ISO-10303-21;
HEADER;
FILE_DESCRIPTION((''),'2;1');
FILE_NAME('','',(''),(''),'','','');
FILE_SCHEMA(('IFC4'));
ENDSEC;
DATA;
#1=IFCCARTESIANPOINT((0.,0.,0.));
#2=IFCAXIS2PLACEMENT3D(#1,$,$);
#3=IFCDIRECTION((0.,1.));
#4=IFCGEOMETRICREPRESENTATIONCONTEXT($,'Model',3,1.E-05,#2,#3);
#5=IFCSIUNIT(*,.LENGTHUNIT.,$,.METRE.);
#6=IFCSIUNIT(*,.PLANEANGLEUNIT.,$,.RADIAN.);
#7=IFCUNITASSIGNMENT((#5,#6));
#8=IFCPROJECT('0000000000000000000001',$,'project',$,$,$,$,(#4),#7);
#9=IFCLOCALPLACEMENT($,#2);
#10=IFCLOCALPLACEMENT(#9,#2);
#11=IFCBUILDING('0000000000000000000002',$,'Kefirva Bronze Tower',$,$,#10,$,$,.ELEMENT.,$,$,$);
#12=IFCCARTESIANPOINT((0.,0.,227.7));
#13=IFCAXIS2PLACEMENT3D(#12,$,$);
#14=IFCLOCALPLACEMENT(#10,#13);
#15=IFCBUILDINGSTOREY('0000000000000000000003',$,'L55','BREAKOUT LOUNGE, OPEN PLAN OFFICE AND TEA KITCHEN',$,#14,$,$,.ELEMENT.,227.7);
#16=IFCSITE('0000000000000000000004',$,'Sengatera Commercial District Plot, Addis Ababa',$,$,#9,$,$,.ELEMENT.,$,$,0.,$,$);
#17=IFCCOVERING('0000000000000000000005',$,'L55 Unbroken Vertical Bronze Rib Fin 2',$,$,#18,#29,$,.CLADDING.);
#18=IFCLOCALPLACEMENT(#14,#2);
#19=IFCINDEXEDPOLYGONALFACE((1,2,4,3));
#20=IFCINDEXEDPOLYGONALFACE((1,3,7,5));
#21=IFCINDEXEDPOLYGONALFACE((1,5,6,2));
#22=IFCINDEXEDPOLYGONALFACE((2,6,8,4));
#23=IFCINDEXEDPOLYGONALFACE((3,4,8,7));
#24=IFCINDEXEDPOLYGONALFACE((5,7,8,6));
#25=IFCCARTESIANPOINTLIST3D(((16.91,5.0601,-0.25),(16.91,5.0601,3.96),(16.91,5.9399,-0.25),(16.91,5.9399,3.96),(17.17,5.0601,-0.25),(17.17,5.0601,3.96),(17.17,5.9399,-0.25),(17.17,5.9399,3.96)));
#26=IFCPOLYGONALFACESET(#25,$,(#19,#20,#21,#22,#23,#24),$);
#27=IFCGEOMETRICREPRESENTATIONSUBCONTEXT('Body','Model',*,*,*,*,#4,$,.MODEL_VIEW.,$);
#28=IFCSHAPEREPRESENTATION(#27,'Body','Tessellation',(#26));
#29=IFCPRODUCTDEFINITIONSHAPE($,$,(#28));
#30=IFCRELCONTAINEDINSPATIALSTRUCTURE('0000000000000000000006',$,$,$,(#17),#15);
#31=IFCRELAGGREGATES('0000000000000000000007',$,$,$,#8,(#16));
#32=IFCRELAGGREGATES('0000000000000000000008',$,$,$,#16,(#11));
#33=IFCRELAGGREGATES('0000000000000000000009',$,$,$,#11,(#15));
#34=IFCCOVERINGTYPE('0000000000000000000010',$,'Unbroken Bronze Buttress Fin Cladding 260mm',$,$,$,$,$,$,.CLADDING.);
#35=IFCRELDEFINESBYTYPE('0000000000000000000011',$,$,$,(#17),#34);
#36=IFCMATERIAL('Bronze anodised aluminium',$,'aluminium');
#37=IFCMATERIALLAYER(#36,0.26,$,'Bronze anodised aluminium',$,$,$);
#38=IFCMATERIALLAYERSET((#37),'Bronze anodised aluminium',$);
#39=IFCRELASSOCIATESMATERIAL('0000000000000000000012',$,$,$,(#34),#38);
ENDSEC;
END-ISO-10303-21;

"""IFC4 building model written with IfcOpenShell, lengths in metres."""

from ifc_helpers import new_model, si_unit, direction, frame, origin, origin_2d, place, context, subcontext, project, spatial, rectangle, extrude, material, layer, layer_set, type_object, element, save


model = new_model("IFC4")

# Units and contexts
model_context = context("Model", 3, precision=1e-05, world=origin(), true_north=direction((0.0, 1.0)))
body_context = subcontext(model_context, "Body", "Model", "MODEL_VIEW")
ifc_project = project(units=[si_unit("LENGTHUNIT", "METRE"), si_unit("PLANEANGLEUNIT", "RADIAN")], contexts=[model_context])

# Site, building, storey
site_placement = place(None, origin())
site = spatial("IfcSite", under=ifc_project, at=site_placement, Name="Sengatera Commercial District Plot, Addis Ababa", CompositionType="ELEMENT", RefElevation=0.0)
building_placement = place(site_placement, origin())
building = spatial("IfcBuilding", under=site, at=building_placement, Name="Kefirva Bronze Tower", CompositionType="ELEMENT")
storey_placement = place(building_placement, frame((0.0, 0.0, 227.7)))
storey = spatial("IfcBuildingStorey", under=building, at=storey_placement, Name="L55", Description="BREAKOUT LOUNGE, OPEN PLAN OFFICE AND TEA KITCHEN", CompositionType="ELEMENT", Elevation=227.7)

# Shared definitions
ifc_material_1 = material(Name="Bronze anodised aluminium", Category="aluminium")

# Covering
ifc_layer_1 = layer(ifc_material_1, 0.26, Name="Bronze anodised aluminium")
ifc_layer_set_1 = layer_set([ifc_layer_1], Name="Bronze anodised aluminium")
covering_type_1 = type_object("IfcCoveringType", Name="Unbroken Bronze Buttress Fin Cladding 260mm", PredefinedType="CLADDING", material=ifc_layer_set_1)
for number, where, z_axis, x_axis, name in (
    (1, (17.04, 5.5, -0.25), (0.0, 0.0, 1.0), (1.0, 0.0, 0.0), "L55 Unbroken Vertical Bronze Rib Fin 2"),
):
    element("IfcCovering", number, at=place(storey_placement, frame(where, z_axis=z_axis, x_axis=x_axis)), inside=storey, type_object=covering_type_1, Name=name, PredefinedType="CLADDING", context=body_context, shape_type="SweptSolid", body=[
        extrude(rectangle(XDim=0.26, YDim=0.8799, at=origin_2d()), origin(), (0.0, 0.0, 1.0), 4.21),
    ])

save(model, "model.ifc")
